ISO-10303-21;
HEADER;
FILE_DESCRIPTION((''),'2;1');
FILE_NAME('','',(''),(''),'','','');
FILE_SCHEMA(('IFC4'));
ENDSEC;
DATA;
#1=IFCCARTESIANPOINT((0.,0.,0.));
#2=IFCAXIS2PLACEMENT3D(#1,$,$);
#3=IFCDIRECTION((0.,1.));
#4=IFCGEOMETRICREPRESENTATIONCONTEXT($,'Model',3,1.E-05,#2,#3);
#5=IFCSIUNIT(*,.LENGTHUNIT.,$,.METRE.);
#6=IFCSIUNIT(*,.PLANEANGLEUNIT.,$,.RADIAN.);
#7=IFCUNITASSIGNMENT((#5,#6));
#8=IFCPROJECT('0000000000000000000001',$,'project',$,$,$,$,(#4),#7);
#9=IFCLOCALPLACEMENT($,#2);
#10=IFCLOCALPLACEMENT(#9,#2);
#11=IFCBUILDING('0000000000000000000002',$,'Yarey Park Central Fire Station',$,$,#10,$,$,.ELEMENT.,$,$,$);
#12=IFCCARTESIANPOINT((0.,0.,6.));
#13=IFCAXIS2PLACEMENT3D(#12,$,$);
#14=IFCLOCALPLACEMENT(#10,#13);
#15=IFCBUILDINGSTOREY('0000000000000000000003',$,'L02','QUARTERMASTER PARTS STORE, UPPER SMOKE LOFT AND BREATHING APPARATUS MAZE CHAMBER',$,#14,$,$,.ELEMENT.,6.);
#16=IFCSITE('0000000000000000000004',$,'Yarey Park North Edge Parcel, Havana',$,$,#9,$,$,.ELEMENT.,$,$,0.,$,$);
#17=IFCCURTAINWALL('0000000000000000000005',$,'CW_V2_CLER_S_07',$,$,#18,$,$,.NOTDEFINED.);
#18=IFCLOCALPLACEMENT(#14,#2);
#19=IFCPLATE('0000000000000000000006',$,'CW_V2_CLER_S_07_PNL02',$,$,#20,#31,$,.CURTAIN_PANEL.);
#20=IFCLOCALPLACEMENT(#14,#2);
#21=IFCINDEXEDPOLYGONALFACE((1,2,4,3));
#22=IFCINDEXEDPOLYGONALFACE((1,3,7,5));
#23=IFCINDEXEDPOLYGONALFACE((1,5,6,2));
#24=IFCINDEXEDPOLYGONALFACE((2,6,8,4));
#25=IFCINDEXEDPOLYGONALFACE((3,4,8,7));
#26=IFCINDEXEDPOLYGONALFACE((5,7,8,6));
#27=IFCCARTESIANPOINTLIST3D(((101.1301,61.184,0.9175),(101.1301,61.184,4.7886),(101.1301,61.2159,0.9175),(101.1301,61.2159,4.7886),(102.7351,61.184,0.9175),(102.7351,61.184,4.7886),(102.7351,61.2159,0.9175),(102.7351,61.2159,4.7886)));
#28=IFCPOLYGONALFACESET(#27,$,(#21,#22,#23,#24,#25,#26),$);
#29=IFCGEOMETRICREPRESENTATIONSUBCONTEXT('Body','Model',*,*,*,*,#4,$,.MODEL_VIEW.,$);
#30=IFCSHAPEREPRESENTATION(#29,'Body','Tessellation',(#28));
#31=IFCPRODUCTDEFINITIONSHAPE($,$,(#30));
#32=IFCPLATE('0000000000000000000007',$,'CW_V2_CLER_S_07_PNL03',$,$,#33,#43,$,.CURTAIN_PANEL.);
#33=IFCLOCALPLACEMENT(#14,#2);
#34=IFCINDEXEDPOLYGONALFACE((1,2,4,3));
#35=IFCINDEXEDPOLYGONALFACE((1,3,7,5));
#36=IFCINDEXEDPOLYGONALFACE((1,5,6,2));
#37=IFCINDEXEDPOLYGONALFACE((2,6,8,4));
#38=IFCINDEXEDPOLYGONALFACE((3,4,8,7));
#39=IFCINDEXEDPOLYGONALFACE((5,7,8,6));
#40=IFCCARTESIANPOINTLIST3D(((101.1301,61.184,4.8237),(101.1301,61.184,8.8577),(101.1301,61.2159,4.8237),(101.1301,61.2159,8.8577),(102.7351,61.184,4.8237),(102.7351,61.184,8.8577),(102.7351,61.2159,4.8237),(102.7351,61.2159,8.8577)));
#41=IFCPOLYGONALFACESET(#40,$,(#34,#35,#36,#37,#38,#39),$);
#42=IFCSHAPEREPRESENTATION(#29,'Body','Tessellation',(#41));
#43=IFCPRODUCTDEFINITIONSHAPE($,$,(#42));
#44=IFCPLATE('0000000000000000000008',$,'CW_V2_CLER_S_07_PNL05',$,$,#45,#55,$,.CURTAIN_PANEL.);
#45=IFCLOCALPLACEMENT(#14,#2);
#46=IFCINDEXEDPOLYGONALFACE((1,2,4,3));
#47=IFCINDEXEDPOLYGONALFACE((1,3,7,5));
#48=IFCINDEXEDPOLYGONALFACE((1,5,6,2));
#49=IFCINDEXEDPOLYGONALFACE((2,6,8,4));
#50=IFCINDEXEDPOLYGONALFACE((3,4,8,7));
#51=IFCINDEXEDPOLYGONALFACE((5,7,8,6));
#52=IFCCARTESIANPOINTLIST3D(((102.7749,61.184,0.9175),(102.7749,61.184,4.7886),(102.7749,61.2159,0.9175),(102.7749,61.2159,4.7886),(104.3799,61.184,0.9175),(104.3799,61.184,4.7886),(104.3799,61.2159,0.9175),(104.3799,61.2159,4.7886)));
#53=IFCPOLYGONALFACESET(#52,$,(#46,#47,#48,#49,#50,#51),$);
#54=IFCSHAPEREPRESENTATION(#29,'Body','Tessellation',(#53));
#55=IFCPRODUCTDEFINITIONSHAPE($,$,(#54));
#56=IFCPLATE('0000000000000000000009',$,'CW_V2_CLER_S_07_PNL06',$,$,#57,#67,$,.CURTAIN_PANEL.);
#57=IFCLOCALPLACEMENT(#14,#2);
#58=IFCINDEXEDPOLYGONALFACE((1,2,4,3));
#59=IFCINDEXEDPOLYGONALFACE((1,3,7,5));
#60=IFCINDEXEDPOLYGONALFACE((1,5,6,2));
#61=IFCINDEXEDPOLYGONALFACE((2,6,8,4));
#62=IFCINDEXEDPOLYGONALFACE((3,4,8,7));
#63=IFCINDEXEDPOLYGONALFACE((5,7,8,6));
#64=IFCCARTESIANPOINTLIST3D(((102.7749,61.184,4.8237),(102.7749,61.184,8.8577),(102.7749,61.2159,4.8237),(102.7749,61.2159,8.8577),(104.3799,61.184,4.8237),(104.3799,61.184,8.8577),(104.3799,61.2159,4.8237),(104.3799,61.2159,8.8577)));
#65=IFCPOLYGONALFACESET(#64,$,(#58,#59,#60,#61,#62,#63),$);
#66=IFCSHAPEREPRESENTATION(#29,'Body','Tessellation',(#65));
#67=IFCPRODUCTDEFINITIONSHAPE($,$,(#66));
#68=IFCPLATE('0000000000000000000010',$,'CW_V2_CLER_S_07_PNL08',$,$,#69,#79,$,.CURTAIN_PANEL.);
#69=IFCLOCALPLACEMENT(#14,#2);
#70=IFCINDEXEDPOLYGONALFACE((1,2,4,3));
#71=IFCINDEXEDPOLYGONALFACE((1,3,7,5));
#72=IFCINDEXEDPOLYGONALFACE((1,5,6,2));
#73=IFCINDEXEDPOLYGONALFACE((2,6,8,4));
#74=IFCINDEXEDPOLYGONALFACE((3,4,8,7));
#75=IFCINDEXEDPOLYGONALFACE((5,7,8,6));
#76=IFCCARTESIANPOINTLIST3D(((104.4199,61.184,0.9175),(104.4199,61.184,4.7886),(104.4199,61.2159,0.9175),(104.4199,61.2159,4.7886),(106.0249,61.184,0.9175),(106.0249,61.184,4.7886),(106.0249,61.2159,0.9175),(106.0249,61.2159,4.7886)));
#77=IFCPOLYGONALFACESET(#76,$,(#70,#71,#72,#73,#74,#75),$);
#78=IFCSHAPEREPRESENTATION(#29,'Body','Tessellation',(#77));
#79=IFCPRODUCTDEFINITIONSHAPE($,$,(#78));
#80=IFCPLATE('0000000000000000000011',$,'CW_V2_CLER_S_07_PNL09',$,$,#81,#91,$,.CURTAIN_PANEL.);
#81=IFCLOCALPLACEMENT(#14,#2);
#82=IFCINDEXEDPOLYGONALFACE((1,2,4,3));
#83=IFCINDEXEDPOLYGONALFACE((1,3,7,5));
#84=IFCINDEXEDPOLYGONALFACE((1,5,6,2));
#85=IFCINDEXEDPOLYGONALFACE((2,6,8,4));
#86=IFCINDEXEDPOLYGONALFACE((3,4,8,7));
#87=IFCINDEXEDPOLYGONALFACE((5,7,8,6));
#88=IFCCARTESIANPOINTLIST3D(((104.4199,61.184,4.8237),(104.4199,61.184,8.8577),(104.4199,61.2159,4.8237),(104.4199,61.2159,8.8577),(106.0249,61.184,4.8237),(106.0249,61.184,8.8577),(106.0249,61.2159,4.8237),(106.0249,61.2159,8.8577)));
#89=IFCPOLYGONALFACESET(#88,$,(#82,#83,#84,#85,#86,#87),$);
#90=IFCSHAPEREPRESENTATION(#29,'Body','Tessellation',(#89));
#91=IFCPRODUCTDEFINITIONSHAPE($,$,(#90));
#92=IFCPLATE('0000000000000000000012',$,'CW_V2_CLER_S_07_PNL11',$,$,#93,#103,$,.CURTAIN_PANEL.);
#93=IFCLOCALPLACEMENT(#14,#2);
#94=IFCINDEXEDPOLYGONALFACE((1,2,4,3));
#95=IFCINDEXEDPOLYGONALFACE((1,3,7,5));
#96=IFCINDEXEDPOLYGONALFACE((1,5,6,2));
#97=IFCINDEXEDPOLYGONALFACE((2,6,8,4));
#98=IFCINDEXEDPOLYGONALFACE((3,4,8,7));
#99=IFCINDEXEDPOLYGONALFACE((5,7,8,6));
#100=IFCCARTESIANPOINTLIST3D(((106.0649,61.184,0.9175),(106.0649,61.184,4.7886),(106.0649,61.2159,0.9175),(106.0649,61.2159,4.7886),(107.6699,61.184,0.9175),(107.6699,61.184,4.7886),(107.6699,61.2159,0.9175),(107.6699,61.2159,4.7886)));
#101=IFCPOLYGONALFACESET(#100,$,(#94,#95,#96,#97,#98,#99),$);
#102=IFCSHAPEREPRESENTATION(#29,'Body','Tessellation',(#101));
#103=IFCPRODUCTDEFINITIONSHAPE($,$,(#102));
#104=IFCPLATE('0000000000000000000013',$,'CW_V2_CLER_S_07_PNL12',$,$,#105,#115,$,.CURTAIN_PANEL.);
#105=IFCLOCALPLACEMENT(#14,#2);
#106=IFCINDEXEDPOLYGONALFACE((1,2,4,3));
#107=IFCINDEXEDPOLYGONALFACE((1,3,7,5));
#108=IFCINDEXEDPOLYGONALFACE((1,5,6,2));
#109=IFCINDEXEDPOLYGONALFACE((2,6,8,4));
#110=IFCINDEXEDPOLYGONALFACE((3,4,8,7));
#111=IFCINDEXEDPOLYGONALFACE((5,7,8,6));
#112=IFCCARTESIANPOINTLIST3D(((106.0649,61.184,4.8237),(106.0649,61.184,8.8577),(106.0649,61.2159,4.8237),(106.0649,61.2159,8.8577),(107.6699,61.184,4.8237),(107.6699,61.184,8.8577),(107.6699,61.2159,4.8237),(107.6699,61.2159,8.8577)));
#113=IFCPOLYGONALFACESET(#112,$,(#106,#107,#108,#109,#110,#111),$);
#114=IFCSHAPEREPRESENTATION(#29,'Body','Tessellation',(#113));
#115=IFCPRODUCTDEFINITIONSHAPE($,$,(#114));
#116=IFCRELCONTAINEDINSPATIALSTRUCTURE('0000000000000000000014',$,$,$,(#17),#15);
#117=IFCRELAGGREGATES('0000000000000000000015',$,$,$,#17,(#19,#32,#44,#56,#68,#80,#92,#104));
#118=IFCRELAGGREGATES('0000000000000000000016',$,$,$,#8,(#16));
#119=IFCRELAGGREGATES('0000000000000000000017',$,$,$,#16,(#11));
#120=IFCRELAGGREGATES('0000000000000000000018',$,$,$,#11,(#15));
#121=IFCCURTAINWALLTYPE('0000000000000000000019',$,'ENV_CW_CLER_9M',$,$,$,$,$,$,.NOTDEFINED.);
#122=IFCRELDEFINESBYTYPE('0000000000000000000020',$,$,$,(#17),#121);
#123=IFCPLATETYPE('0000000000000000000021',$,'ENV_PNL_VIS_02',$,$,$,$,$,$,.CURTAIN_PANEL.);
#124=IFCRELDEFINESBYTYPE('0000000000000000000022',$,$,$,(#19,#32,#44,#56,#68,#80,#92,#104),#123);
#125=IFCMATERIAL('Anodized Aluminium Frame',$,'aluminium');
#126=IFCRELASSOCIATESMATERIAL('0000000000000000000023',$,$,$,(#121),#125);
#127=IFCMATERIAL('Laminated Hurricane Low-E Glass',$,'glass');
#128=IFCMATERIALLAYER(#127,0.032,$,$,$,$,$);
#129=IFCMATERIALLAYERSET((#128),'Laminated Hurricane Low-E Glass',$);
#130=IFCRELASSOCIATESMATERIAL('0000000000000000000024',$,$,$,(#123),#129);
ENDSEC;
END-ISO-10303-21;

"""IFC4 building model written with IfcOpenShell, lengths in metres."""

from ifc_helpers import new_model, si_unit, direction, frame, origin, origin_2d, place, context, subcontext, project, spatial, rectangle, extrude, material, layer, layer_set, type_object, element, aggregate, save


model = new_model("IFC4")

# Units and contexts
model_context = context("Model", 3, precision=1e-05, world=origin(), true_north=direction((0.0, 1.0)))
body_context = subcontext(model_context, "Body", "Model", "MODEL_VIEW")
ifc_project = project(units=[si_unit("LENGTHUNIT", "METRE"), si_unit("PLANEANGLEUNIT", "RADIAN")], contexts=[model_context])

# Site, building, storey
site_placement = place(None, origin())
site = spatial("IfcSite", under=ifc_project, at=site_placement, Name="Yarey Park North Edge Parcel, Havana", CompositionType="ELEMENT", RefElevation=0.0)
building_placement = place(site_placement, origin())
building = spatial("IfcBuilding", under=site, at=building_placement, Name="Yarey Park Central Fire Station", CompositionType="ELEMENT")
storey_placement = place(building_placement, frame((0.0, 0.0, 6.0)))
storey = spatial("IfcBuildingStorey", under=building, at=storey_placement, Name="L02", Description="QUARTERMASTER PARTS STORE, UPPER SMOKE LOFT AND BREATHING APPARATUS MAZE CHAMBER", CompositionType="ELEMENT", Elevation=6.0)

# Shared definitions
ifc_material_1 = material(Name="Anodized Aluminium Frame", Category="aluminium")
curtain_wall_type = type_object("IfcCurtainWallType", Name="ENV_CW_CLER_9M", PredefinedType="NOTDEFINED", material=ifc_material_1)

# Curtain wall
curtain_wall_1_placement = place(storey_placement, origin())
curtain_wall_1 = element("IfcCurtainWall", 1, at=curtain_wall_1_placement, inside=storey, type_object=curtain_wall_type, Name="CW_V2_CLER_S_07", PredefinedType="NOTDEFINED")

# Plates
ifc_material_2 = material(Name="Laminated Hurricane Low-E Glass", Category="glass")
ifc_layer_1 = layer(ifc_material_2, 0.032)
ifc_layer_set_1 = layer_set([ifc_layer_1], Name="Laminated Hurricane Low-E Glass")
plate_type_1 = type_object("IfcPlateType", Name="ENV_PNL_VIS_02", PredefinedType="CURTAIN_PANEL", material=ifc_layer_set_1)
plate_1_placement = place(storey_placement, frame((101.9326, 61.2, 0.9175), z_axis=(0.0, 0.0, 1.0), x_axis=(1.0, 0.0, 0.0)))
plate_1 = element("IfcPlate", 2, at=plate_1_placement, type_object=plate_type_1, Name="CW_V2_CLER_S_07_PNL02", PredefinedType="CURTAIN_PANEL", context=body_context, shape_type="SweptSolid", body=[
    extrude(rectangle(XDim=1.605, YDim=0.032, at=origin_2d()), origin(), (0.0, 0.0, 1.0), 3.8711),
])
plate_2_placement = place(storey_placement, frame((101.9326, 61.2, 4.8237), z_axis=(0.0, 0.0, 1.0), x_axis=(1.0, 0.0, 0.0)))
plate_2 = element("IfcPlate", 3, at=plate_2_placement, type_object=plate_type_1, Name="CW_V2_CLER_S_07_PNL03", PredefinedType="CURTAIN_PANEL", context=body_context, shape_type="SweptSolid", body=[
    extrude(rectangle(XDim=1.605, YDim=0.032, at=origin_2d()), origin(), (0.0, 0.0, 1.0), 4.0339),
])
plate_3_placement = place(storey_placement, frame((103.5774, 61.2, 0.9175), z_axis=(0.0, 0.0, 1.0), x_axis=(1.0, 0.0, 0.0)))
plate_3 = element("IfcPlate", 4, at=plate_3_placement, type_object=plate_type_1, Name="CW_V2_CLER_S_07_PNL05", PredefinedType="CURTAIN_PANEL", context=body_context, shape_type="SweptSolid", body=[
    extrude(rectangle(XDim=1.605, YDim=0.032, at=origin_2d()), origin(), (0.0, 0.0, 1.0), 3.8711),
])
plate_4_placement = place(storey_placement, frame((103.5774, 61.2, 4.8237), z_axis=(0.0, 0.0, 1.0), x_axis=(1.0, 0.0, 0.0)))
plate_4 = element("IfcPlate", 5, at=plate_4_placement, type_object=plate_type_1, Name="CW_V2_CLER_S_07_PNL06", PredefinedType="CURTAIN_PANEL", context=body_context, shape_type="SweptSolid", body=[
    extrude(rectangle(XDim=1.605, YDim=0.032, at=origin_2d()), origin(), (0.0, 0.0, 1.0), 4.0339),
])
plate_5_placement = place(storey_placement, frame((105.2224, 61.2, 0.9175), z_axis=(0.0, 0.0, 1.0), x_axis=(1.0, 0.0, 0.0)))
plate_5 = element("IfcPlate", 6, at=plate_5_placement, type_object=plate_type_1, Name="CW_V2_CLER_S_07_PNL08", PredefinedType="CURTAIN_PANEL", context=body_context, shape_type="SweptSolid", body=[
    extrude(rectangle(XDim=1.605, YDim=0.032, at=origin_2d()), origin(), (0.0, 0.0, 1.0), 3.8711),
])
plate_6_placement = place(storey_placement, frame((105.2224, 61.2, 4.8237), z_axis=(0.0, 0.0, 1.0), x_axis=(1.0, 0.0, 0.0)))
plate_6 = element("IfcPlate", 7, at=plate_6_placement, type_object=plate_type_1, Name="CW_V2_CLER_S_07_PNL09", PredefinedType="CURTAIN_PANEL", context=body_context, shape_type="SweptSolid", body=[
    extrude(rectangle(XDim=1.605, YDim=0.032, at=origin_2d()), origin(), (0.0, 0.0, 1.0), 4.0339),
])
plate_7_placement = place(storey_placement, frame((106.8674, 61.2, 0.9175), z_axis=(0.0, 0.0, 1.0), x_axis=(1.0, 0.0, 0.0)))
plate_7 = element("IfcPlate", 8, at=plate_7_placement, type_object=plate_type_1, Name="CW_V2_CLER_S_07_PNL11", PredefinedType="CURTAIN_PANEL", context=body_context, shape_type="SweptSolid", body=[
    extrude(rectangle(XDim=1.605, YDim=0.032, at=origin_2d()), origin(), (0.0, 0.0, 1.0), 3.8711),
])
plate_8_placement = place(storey_placement, frame((106.8674, 61.2, 4.8237), z_axis=(0.0, 0.0, 1.0), x_axis=(1.0, 0.0, 0.0)))
plate_8 = element("IfcPlate", 9, at=plate_8_placement, type_object=plate_type_1, Name="CW_V2_CLER_S_07_PNL12", PredefinedType="CURTAIN_PANEL", context=body_context, shape_type="SweptSolid", body=[
    extrude(rectangle(XDim=1.605, YDim=0.032, at=origin_2d()), origin(), (0.0, 0.0, 1.0), 4.0339),
])
aggregate(curtain_wall_1, [plate_1, plate_2, plate_3, plate_4, plate_5, plate_6, plate_7, plate_8])

save(model, "model.ifc")
